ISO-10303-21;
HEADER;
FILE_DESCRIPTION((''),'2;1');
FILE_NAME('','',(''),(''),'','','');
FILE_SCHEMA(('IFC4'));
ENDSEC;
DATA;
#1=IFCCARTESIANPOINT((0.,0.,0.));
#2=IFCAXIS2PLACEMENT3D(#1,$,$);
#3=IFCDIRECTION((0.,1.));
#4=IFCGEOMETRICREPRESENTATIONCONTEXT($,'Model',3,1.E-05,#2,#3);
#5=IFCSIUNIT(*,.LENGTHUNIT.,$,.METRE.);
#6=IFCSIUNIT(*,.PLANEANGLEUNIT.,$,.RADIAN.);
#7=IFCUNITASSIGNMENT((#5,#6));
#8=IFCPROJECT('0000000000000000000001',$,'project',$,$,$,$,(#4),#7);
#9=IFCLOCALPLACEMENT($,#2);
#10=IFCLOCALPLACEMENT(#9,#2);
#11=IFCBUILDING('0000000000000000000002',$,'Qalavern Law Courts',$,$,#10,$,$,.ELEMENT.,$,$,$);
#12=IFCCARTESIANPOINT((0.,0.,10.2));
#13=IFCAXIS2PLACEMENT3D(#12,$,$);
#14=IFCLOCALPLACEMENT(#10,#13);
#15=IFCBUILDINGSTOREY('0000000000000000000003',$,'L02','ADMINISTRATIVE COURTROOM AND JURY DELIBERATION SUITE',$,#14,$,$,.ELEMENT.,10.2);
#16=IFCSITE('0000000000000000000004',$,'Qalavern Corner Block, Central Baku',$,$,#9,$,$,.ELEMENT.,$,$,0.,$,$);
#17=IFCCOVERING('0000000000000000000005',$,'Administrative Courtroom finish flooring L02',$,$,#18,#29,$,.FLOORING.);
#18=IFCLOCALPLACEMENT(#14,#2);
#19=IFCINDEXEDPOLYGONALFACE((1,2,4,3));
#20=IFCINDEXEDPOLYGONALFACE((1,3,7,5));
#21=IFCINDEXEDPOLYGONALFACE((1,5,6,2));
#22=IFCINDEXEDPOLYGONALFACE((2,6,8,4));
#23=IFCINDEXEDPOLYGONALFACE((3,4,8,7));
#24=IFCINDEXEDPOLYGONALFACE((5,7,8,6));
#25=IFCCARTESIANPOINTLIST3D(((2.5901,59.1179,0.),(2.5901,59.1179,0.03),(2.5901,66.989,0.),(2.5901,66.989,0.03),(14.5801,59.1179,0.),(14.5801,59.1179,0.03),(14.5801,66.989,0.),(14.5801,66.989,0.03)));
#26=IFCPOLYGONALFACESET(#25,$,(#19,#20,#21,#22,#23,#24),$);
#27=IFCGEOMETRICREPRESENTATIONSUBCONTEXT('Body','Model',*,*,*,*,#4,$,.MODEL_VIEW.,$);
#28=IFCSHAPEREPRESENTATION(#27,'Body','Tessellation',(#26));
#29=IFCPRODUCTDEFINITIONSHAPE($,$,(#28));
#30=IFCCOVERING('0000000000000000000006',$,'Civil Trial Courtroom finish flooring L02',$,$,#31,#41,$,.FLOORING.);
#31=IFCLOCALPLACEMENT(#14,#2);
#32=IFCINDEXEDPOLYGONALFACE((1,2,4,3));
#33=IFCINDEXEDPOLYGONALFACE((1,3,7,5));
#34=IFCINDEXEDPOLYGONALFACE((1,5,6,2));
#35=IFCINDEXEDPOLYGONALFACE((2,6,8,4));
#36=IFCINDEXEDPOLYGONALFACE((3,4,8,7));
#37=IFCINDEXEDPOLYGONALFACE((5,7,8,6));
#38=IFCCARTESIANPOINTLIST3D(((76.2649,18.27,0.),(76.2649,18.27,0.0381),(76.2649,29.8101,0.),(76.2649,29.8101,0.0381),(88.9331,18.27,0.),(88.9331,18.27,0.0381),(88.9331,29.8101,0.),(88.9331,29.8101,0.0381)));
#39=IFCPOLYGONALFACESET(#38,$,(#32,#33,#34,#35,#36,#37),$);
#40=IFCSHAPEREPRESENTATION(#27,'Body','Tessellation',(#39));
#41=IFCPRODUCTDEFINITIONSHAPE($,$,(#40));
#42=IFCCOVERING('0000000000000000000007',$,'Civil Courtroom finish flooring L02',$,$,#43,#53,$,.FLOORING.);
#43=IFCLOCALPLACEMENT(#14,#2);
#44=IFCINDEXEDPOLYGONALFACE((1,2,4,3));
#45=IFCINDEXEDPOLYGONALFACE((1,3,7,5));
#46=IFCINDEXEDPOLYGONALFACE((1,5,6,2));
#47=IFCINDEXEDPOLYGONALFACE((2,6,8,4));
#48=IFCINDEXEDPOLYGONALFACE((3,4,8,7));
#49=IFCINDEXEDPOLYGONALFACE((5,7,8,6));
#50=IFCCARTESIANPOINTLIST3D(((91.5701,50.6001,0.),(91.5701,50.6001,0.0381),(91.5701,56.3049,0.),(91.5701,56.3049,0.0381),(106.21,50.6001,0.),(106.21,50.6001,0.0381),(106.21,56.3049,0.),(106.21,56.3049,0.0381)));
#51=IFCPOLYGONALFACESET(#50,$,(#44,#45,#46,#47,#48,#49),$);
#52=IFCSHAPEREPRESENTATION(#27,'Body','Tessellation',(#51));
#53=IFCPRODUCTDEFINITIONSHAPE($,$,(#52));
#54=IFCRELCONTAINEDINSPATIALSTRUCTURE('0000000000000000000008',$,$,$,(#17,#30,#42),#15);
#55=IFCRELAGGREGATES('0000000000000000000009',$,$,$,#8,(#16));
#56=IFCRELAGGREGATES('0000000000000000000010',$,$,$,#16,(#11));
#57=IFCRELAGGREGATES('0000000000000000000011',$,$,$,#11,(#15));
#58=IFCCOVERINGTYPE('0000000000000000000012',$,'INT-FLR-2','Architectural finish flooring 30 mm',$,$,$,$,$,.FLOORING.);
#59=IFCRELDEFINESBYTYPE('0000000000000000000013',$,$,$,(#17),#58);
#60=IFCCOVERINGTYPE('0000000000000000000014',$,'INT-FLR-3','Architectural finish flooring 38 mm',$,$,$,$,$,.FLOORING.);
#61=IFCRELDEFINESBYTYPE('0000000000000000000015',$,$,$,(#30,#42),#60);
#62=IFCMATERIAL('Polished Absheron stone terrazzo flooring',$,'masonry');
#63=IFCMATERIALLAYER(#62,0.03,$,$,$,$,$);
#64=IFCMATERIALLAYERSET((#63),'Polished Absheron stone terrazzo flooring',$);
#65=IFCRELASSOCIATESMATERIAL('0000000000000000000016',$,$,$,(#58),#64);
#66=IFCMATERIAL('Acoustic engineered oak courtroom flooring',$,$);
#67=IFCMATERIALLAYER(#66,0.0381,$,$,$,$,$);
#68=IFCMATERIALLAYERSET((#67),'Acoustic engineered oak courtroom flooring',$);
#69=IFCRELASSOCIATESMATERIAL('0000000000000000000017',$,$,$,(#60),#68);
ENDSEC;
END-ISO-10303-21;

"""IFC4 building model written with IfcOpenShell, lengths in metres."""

from ifc_helpers import new_model, si_unit, direction, frame, origin, place, context, subcontext, project, spatial, polyline, outline, extrude, material, layer, layer_set, type_object, element, save


model = new_model("IFC4")

# Units and contexts
model_context = context("Model", 3, precision=1e-05, world=origin(), true_north=direction((0.0, 1.0)))
body_context = subcontext(model_context, "Body", "Model", "MODEL_VIEW")
ifc_project = project(units=[si_unit("LENGTHUNIT", "METRE"), si_unit("PLANEANGLEUNIT", "RADIAN")], contexts=[model_context])

# Site, building, storey
site_placement = place(None, origin())
site = spatial("IfcSite", under=ifc_project, at=site_placement, Name="Qalavern Corner Block, Central Baku", CompositionType="ELEMENT", RefElevation=0.0)
building_placement = place(site_placement, origin())
building = spatial("IfcBuilding", under=site, at=building_placement, Name="Qalavern Law Courts", CompositionType="ELEMENT")
storey_placement = place(building_placement, frame((0.0, 0.0, 10.2)))
storey = spatial("IfcBuildingStorey", under=building, at=storey_placement, Name="L02", Description="ADMINISTRATIVE COURTROOM AND JURY DELIBERATION SUITE", CompositionType="ELEMENT", Elevation=10.2)

# Coverings
ifc_material_1 = material(Name="Acoustic engineered oak courtroom flooring")
ifc_material_2 = material(Name="Polished Absheron stone terrazzo flooring", Category="masonry")
ifc_layer_1 = layer(ifc_material_2, 0.03)
ifc_layer_set_1 = layer_set([ifc_layer_1], Name="Polished Absheron stone terrazzo flooring")
covering_type_1 = type_object("IfcCoveringType", Name="INT-FLR-2", Description="Architectural finish flooring 30 mm", PredefinedType="FLOORING", material=ifc_layer_set_1)
covering_1_placement = place(storey_placement, origin())
element("IfcCovering", 1, at=covering_1_placement, inside=storey, type_object=covering_type_1, Name="Administrative Courtroom finish flooring L02", PredefinedType="FLOORING", context=body_context, shape_type="SweptSolid", body=[
    extrude(outline(polyline([(2.5901, 59.1179), (14.5801, 59.1179), (14.5801, 66.989), (2.5901, 66.989), (2.5901, 59.1179)])), origin(), (0.0, 0.0, 1.0), 0.03),
])
ifc_layer_2 = layer(ifc_material_1, 0.0381)
ifc_layer_set_2 = layer_set([ifc_layer_2], Name="Acoustic engineered oak courtroom flooring")
covering_type_2 = type_object("IfcCoveringType", Name="INT-FLR-3", Description="Architectural finish flooring 38 mm", PredefinedType="FLOORING", material=ifc_layer_set_2)
covering_2_placement = place(storey_placement, origin())
element("IfcCovering", 2, at=covering_2_placement, inside=storey, type_object=covering_type_2, Name="Civil Trial Courtroom finish flooring L02", PredefinedType="FLOORING", context=body_context, shape_type="SweptSolid", body=[
    extrude(outline(polyline([(76.2649, 18.27), (88.9331, 18.27), (88.9331, 29.8101), (76.2649, 29.8101), (76.2649, 18.27)])), origin(), (0.0, 0.0, 1.0), 0.0381),
])
covering_3_placement = place(storey_placement, origin())
element("IfcCovering", 3, at=covering_3_placement, inside=storey, type_object=covering_type_2, Name="Civil Courtroom finish flooring L02", PredefinedType="FLOORING", context=body_context, shape_type="SweptSolid", body=[
    extrude(outline(polyline([(91.5701, 50.6001), (106.21, 50.6001), (106.21, 56.3049), (91.5701, 56.3049), (91.5701, 50.6001)])), origin(), (0.0, 0.0, 1.0), 0.0381),
])

save(model, "model.ifc")
